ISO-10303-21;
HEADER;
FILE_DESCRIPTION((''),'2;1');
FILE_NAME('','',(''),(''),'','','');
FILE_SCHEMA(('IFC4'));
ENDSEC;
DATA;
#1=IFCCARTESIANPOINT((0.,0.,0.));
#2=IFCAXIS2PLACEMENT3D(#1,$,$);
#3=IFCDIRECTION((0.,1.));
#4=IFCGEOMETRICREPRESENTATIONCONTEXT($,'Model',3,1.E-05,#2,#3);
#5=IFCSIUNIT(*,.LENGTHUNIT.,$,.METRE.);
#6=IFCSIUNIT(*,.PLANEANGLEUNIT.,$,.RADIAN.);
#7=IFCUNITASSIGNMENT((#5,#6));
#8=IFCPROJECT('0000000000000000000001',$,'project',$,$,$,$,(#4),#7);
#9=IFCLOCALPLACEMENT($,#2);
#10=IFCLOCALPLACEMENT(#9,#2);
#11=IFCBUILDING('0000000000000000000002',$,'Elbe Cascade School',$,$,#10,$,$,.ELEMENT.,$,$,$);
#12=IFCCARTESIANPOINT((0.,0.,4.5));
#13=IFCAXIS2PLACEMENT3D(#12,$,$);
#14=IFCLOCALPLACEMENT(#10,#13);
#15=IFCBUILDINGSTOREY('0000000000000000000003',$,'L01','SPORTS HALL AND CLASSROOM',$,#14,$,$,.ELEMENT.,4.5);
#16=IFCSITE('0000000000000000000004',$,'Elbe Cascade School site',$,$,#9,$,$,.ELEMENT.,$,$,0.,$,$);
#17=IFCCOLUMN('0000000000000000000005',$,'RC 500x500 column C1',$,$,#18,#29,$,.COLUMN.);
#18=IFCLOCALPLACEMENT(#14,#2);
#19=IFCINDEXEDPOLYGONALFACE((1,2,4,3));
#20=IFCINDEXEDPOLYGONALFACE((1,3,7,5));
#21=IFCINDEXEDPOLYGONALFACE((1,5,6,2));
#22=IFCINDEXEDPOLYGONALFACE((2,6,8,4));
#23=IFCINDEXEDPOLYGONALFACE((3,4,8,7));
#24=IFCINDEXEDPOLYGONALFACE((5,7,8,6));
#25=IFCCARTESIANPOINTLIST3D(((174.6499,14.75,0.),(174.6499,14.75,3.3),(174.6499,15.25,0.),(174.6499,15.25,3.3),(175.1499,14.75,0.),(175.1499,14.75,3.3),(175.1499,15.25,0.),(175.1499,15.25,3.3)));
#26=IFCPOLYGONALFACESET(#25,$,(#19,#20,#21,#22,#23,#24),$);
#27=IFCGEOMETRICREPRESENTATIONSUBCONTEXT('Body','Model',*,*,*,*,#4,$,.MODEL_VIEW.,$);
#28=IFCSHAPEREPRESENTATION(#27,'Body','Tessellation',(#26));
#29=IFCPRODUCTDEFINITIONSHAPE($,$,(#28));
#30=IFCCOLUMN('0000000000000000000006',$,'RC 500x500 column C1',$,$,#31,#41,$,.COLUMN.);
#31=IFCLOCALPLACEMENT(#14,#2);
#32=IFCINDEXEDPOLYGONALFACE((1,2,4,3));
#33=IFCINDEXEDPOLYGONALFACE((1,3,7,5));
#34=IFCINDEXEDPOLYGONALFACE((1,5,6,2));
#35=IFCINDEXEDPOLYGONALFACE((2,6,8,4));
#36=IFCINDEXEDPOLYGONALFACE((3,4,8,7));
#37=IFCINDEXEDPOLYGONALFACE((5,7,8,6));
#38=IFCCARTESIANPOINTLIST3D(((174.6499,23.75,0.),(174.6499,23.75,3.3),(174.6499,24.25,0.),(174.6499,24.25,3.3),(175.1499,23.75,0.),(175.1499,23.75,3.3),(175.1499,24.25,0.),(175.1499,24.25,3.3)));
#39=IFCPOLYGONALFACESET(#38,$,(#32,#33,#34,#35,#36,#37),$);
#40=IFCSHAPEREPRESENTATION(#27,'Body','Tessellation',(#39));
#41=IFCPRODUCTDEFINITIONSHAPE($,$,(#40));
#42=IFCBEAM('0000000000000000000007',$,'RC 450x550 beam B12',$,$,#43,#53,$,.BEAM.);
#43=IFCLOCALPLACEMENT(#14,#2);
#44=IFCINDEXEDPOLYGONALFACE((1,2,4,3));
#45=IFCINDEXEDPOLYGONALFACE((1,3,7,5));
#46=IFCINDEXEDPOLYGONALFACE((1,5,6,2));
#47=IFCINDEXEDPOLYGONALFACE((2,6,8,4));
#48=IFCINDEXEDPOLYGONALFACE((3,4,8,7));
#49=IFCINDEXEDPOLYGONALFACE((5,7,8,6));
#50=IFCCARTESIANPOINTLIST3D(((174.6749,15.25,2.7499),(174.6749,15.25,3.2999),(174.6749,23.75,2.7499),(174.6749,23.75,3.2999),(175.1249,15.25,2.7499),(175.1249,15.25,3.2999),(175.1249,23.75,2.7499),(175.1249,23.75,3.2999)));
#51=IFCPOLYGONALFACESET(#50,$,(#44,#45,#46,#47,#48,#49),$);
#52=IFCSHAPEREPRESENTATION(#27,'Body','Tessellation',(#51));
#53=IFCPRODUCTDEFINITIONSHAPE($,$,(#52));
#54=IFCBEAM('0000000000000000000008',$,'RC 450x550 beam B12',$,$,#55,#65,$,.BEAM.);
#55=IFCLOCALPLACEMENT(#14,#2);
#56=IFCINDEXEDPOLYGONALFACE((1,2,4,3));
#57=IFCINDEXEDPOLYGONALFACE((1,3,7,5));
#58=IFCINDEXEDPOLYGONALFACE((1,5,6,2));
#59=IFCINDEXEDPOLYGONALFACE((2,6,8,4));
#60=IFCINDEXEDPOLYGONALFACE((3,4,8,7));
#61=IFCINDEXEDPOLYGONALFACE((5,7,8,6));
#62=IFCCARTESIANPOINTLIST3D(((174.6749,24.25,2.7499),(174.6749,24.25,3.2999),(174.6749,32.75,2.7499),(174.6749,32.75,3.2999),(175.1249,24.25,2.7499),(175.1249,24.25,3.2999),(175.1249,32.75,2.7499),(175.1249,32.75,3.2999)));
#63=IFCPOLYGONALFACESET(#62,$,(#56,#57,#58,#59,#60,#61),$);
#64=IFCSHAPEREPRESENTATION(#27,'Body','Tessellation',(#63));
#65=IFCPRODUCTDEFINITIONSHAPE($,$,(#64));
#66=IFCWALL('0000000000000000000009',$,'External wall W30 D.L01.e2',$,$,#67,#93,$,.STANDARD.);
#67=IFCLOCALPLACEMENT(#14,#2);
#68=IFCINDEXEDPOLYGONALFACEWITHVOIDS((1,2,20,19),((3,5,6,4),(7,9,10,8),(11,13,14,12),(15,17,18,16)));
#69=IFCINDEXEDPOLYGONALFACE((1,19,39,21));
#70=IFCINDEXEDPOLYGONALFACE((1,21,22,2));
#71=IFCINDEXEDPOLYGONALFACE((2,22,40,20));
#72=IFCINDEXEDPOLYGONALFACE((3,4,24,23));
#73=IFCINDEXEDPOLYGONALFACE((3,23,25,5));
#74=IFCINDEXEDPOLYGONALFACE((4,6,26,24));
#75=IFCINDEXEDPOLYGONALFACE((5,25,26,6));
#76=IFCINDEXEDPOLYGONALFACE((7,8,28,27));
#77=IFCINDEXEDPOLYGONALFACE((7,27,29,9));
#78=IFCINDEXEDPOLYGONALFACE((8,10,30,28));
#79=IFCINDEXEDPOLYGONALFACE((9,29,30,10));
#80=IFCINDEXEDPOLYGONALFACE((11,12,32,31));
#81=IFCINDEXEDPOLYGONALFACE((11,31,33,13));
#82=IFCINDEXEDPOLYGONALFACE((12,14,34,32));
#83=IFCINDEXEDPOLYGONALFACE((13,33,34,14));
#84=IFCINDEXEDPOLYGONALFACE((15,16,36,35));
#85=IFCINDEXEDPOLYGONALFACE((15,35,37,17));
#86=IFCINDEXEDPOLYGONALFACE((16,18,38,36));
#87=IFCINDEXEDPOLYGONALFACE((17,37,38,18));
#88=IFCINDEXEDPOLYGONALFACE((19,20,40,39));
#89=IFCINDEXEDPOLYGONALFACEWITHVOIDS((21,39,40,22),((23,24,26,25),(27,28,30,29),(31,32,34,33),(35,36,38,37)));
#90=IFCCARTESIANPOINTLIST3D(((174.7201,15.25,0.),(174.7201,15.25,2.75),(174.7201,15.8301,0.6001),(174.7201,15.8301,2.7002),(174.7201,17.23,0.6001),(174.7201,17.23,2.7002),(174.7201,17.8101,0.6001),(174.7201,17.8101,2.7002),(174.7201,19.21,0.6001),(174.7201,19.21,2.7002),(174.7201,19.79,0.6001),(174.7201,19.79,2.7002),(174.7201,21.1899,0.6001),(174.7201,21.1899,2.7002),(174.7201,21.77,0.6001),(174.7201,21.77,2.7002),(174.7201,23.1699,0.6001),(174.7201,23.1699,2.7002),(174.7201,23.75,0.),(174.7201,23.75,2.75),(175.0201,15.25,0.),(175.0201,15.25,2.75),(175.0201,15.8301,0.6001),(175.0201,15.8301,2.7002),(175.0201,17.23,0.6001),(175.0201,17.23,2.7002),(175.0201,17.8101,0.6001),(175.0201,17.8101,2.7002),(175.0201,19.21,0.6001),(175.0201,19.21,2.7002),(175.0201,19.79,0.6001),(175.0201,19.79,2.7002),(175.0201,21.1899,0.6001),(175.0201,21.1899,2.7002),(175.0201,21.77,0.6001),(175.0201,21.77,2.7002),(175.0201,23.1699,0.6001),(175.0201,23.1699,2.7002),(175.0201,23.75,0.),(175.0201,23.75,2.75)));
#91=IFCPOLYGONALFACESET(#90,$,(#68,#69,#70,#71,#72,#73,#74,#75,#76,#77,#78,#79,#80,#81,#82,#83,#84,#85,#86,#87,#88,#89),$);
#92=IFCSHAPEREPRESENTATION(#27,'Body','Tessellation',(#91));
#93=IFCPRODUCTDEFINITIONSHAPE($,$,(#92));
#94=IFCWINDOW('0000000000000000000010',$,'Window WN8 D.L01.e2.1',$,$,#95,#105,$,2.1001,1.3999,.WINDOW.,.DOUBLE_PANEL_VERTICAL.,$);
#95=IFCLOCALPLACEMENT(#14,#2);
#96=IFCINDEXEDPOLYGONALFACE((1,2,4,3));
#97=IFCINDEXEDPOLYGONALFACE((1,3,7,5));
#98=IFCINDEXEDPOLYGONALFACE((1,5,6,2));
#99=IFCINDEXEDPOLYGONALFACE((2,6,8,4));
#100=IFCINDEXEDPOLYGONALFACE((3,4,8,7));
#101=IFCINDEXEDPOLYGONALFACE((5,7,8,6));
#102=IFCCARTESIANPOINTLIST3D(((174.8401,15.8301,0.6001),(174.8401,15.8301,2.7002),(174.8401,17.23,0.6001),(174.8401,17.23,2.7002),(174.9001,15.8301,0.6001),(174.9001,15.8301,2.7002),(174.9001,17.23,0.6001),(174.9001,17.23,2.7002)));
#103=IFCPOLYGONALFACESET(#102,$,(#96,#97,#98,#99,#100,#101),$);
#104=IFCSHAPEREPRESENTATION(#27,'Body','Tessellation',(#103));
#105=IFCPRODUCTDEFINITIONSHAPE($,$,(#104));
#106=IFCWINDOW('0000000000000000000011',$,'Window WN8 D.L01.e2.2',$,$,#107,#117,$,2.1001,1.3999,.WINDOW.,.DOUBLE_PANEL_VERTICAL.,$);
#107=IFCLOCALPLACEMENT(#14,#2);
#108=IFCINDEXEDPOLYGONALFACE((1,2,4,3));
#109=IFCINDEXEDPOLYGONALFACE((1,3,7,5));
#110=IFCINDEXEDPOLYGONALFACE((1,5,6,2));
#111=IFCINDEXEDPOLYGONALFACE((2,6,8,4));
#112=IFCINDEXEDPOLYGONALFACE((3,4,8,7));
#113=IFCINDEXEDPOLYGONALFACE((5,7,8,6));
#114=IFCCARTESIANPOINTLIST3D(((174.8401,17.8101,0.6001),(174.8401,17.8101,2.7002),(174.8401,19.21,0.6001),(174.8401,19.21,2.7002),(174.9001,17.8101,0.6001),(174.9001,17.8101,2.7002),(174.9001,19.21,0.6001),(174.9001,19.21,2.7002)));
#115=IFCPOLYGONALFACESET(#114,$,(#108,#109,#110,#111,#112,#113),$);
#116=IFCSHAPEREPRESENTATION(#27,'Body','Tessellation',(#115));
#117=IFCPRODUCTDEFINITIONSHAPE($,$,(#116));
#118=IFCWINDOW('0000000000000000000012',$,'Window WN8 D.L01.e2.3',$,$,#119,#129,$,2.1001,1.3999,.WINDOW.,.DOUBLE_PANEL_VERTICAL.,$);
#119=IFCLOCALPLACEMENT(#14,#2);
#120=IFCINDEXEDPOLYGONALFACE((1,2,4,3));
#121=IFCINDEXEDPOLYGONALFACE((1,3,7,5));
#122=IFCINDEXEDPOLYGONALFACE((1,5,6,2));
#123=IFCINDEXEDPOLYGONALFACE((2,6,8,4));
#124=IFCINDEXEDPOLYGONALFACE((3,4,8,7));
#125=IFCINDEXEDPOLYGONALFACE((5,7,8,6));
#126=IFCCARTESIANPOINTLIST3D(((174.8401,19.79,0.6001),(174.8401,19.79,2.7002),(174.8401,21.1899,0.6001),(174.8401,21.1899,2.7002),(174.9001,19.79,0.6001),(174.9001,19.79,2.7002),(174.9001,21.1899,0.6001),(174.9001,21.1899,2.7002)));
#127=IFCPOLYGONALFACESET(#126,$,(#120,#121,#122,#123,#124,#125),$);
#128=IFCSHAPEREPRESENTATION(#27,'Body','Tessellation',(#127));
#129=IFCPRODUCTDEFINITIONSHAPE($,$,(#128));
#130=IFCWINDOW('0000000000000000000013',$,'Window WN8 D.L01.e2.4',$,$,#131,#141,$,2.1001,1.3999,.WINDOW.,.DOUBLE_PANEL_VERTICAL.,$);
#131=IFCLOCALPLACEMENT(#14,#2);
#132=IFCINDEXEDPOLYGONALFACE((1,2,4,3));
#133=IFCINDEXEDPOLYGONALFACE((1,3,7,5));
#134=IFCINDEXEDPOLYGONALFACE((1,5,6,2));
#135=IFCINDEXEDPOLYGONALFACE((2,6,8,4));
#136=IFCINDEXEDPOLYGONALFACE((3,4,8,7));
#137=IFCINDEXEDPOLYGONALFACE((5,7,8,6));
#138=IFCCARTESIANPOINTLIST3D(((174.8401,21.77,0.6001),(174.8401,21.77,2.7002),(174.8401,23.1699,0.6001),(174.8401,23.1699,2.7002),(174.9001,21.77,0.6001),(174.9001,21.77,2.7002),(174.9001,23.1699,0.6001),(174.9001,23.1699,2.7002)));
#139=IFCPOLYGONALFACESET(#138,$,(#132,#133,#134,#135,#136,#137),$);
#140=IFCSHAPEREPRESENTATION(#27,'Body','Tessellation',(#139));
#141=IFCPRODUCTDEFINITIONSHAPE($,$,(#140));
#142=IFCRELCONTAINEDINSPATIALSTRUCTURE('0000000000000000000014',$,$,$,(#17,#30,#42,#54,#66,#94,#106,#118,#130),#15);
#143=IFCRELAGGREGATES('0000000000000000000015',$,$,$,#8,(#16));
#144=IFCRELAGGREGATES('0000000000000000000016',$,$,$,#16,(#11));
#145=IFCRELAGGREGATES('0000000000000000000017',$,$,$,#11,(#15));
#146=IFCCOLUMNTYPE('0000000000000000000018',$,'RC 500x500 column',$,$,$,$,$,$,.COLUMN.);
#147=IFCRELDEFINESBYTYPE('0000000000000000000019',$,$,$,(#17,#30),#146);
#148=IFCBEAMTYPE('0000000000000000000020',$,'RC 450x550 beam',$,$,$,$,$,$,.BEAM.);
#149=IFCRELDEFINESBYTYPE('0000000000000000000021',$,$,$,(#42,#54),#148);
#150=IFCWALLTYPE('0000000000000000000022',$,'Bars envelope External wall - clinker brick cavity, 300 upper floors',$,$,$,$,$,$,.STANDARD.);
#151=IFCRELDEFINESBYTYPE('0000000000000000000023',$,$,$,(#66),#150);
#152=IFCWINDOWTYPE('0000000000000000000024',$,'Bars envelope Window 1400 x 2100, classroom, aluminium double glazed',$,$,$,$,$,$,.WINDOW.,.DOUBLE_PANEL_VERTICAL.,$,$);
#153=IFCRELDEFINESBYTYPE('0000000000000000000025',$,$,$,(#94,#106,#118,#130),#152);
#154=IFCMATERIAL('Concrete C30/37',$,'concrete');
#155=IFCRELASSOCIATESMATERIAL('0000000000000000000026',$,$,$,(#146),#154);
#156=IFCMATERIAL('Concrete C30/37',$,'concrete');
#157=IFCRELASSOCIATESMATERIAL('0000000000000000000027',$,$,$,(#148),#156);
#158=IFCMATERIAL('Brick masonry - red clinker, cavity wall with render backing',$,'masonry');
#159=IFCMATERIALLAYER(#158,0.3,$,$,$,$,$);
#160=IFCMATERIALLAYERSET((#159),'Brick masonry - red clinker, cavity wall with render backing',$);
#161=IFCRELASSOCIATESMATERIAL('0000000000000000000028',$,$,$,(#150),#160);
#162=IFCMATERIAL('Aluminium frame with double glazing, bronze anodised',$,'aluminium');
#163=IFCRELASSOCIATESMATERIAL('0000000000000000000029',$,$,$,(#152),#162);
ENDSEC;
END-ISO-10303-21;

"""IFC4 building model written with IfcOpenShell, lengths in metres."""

from ifc_helpers import new_model, si_unit, direction, frame, frame_2d, origin, origin_2d, place, context, subcontext, project, spatial, rectangle, extrude, material, layer, layer_set, material_profile, profile_set, type_object, element, fill, save


model = new_model("IFC4")

# Units and contexts
model_context = context("Model", 3, precision=1e-05, world=origin(), true_north=direction((0.0, 1.0)))
body_context = subcontext(model_context, "Body", "Model", "MODEL_VIEW")
ifc_project = project(units=[si_unit("LENGTHUNIT", "METRE"), si_unit("PLANEANGLEUNIT", "RADIAN")], contexts=[model_context])

# Site, building, storey
site_placement = place(None, origin())
site = spatial("IfcSite", under=ifc_project, at=site_placement, Name="Elbe Cascade School site", CompositionType="ELEMENT", RefElevation=0.0)
building_placement = place(site_placement, origin())
building = spatial("IfcBuilding", under=site, at=building_placement, Name="Elbe Cascade School", CompositionType="ELEMENT")
storey_placement = place(building_placement, frame((0.0, 0.0, 4.5)))
storey = spatial("IfcBuildingStorey", under=building, at=storey_placement, Name="L01", Description="SPORTS HALL AND CLASSROOM", CompositionType="ELEMENT", Elevation=4.5)

# Columns
ifc_material_1 = material(Name="Concrete C30/37", Category="concrete")
ifc_material_profile_1 = material_profile(ifc_material_1, rectangle(XDim=0.5, YDim=0.5, at=origin_2d()), Name="RC 500x500")
ifc_profile_set_1 = profile_set([ifc_material_profile_1], Name="Concrete C30/37")
column_type = type_object("IfcColumnType", Name="RC 500x500 column", PredefinedType="COLUMN", material=ifc_profile_set_1)
for number, where, z_axis, x_axis, name in (
    (1, (174.8999, 15.0, 0.0), (0.0, 0.0, 1.0), (1.0, 0.0, 0.0), "RC 500x500 column C1"),
    (2, (174.8999, 24.0, 0.0), (0.0, 0.0, 1.0), (1.0, 0.0, 0.0), "RC 500x500 column C1"),
):
    element("IfcColumn", number, at=place(storey_placement, frame(where, z_axis=z_axis, x_axis=x_axis)), inside=storey, type_object=column_type, Name=name, PredefinedType="COLUMN", context=body_context, shape_type="SweptSolid", body=[
        extrude(rectangle(XDim=0.5, YDim=0.5, at=origin_2d()), origin(), (0.0, 0.0, 1.0), 3.3),
    ])

# Beams
ifc_material_2 = material(Name="Concrete C30/37", Category="concrete")
ifc_material_profile_2 = material_profile(ifc_material_2, rectangle(XDim=0.45, YDim=0.55, at=origin_2d()), Name="RC 450x550")
ifc_profile_set_2 = profile_set([ifc_material_profile_2], Name="Concrete C30/37")
beam_type = type_object("IfcBeamType", Name="RC 450x550 beam", PredefinedType="BEAM", material=ifc_profile_set_2)
for number, where, z_axis, x_axis, name in (
    (3, (174.8999, 15.25, 3.0249), (0.0, 1.0, 0.0), (-1.0, 0.0, 0.0), "RC 450x550 beam B12"),
    (4, (174.8999, 24.25, 3.0249), (0.0, 1.0, 0.0), (-1.0, 0.0, 0.0), "RC 450x550 beam B12"),
):
    element("IfcBeam", number, at=place(storey_placement, frame(where, z_axis=z_axis, x_axis=x_axis)), inside=storey, type_object=beam_type, Name=name, PredefinedType="BEAM", context=body_context, shape_type="SweptSolid", body=[
        extrude(rectangle(XDim=0.45, YDim=0.55, at=origin_2d()), origin(), (0.0, 0.0, 1.0), 8.5),
    ])

# Wall, openings, windows
ifc_material_3 = material(Name="Brick masonry - red clinker, cavity wall with render backing", Category="masonry")
ifc_layer_1 = layer(ifc_material_3, 0.3)
ifc_layer_set_1 = layer_set([ifc_layer_1], Name="Brick masonry - red clinker, cavity wall with render backing")
wall_type_1 = type_object("IfcWallType", Name="Bars envelope External wall - clinker brick cavity, 300 upper floors", PredefinedType="STANDARD", material=ifc_layer_set_1)
wall_1_placement = place(storey_placement, frame((174.8701, 23.75, 0.0), z_axis=(0.0, 0.0, 1.0), x_axis=(0.0, -1.0, 0.0)))
wall_1 = element("IfcWall", 5, at=wall_1_placement, inside=storey, type_object=wall_type_1, Name="External wall W30 D.L01.e2", PredefinedType="STANDARD", context=body_context, shape_type="SweptSolid", body=[
    extrude(rectangle(XDim=8.5, YDim=0.3, at=frame_2d((4.25, 0.0))), origin(), (0.0, 0.0, 1.0), 2.75),
])
opening_1_placement = place(wall_1_placement, frame((6.52, 0.0, 0.6001)))
opening_1 = element("IfcOpeningElement", 6, at=opening_1_placement, cuts=wall_1, PredefinedType="OPENING", context=body_context, shape_type="SweptSolid", body=[
    extrude(rectangle(XDim=1.3999, YDim=2.1001, at=frame_2d((0.7, 1.05))), frame((0.0, 0.1599, 0.0), z_axis=(0.0, -1.0, 0.0), x_axis=(1.0, 0.0, 0.0)), (0.0, 0.0, 1.0), 0.3201),
])
opening_2_placement = place(wall_1_placement, frame((4.54, 0.0, 0.6001)))
opening_2 = element("IfcOpeningElement", 7, at=opening_2_placement, cuts=wall_1, PredefinedType="OPENING", context=body_context, shape_type="SweptSolid", body=[
    extrude(rectangle(XDim=1.3999, YDim=2.1001, at=frame_2d((0.7, 1.05))), frame((0.0, 0.1599, 0.0), z_axis=(0.0, -1.0, 0.0), x_axis=(1.0, 0.0, 0.0)), (0.0, 0.0, 1.0), 0.3201),
])
opening_3_placement = place(wall_1_placement, frame((2.5601, 0.0, 0.6001)))
opening_3 = element("IfcOpeningElement", 8, at=opening_3_placement, cuts=wall_1, PredefinedType="OPENING", context=body_context, shape_type="SweptSolid", body=[
    extrude(rectangle(XDim=1.3999, YDim=2.1001, at=frame_2d((0.7, 1.05))), frame((0.0, 0.1599, 0.0), z_axis=(0.0, -1.0, 0.0), x_axis=(1.0, 0.0, 0.0)), (0.0, 0.0, 1.0), 0.3201),
])
opening_4_placement = place(wall_1_placement, frame((0.5801, 0.0, 0.6001)))
opening_4 = element("IfcOpeningElement", 9, at=opening_4_placement, cuts=wall_1, PredefinedType="OPENING", context=body_context, shape_type="SweptSolid", body=[
    extrude(rectangle(XDim=1.3999, YDim=2.1001, at=frame_2d((0.7, 1.05))), frame((0.0, 0.1599, 0.0), z_axis=(0.0, -1.0, 0.0), x_axis=(1.0, 0.0, 0.0)), (0.0, 0.0, 1.0), 0.3201),
])
ifc_material_4 = material(Name="Aluminium frame with double glazing, bronze anodised", Category="aluminium")
window_type_1 = type_object("IfcWindowType", Name="Bars envelope Window 1400 x 2100, classroom, aluminium double glazed", PartitioningType="DOUBLE_PANEL_VERTICAL", PredefinedType="WINDOW", material=ifc_material_4)
window_1_placement = place(opening_1_placement, origin())
window_1 = element("IfcWindow", 10, at=window_1_placement, inside=storey, type_object=window_type_1, Name="Window WN8 D.L01.e2.1", OverallHeight=2.1001, OverallWidth=1.3999, PartitioningType="DOUBLE_PANEL_VERTICAL", PredefinedType="WINDOW", context=body_context, shape_type="SweptSolid", body=[
    extrude(rectangle(XDim=1.3999, YDim=2.1001, at=frame_2d((0.7, 1.05))), frame((0.0, 0.03, 0.0), z_axis=(0.0, -1.0, 0.0), x_axis=(1.0, 0.0, 0.0)), (0.0, 0.0, 1.0), 0.0601),
])
fill(opening_1, window_1)
window_2_placement = place(opening_2_placement, origin())
window_2 = element("IfcWindow", 11, at=window_2_placement, inside=storey, type_object=window_type_1, Name="Window WN8 D.L01.e2.2", OverallHeight=2.1001, OverallWidth=1.3999, PartitioningType="DOUBLE_PANEL_VERTICAL", PredefinedType="WINDOW", context=body_context, shape_type="SweptSolid", body=[
    extrude(rectangle(XDim=1.3999, YDim=2.1001, at=frame_2d((0.7, 1.05))), frame((0.0, 0.03, 0.0), z_axis=(0.0, -1.0, 0.0), x_axis=(1.0, 0.0, 0.0)), (0.0, 0.0, 1.0), 0.0601),
])
fill(opening_2, window_2)
window_3_placement = place(opening_3_placement, origin())
window_3 = element("IfcWindow", 12, at=window_3_placement, inside=storey, type_object=window_type_1, Name="Window WN8 D.L01.e2.3", OverallHeight=2.1001, OverallWidth=1.3999, PartitioningType="DOUBLE_PANEL_VERTICAL", PredefinedType="WINDOW", context=body_context, shape_type="SweptSolid", body=[
    extrude(rectangle(XDim=1.3999, YDim=2.1001, at=frame_2d((0.7, 1.05))), frame((0.0, 0.03, 0.0), z_axis=(0.0, -1.0, 0.0), x_axis=(1.0, 0.0, 0.0)), (0.0, 0.0, 1.0), 0.0601),
])
fill(opening_3, window_3)
window_4_placement = place(opening_4_placement, origin())
window_4 = element("IfcWindow", 13, at=window_4_placement, inside=storey, type_object=window_type_1, Name="Window WN8 D.L01.e2.4", OverallHeight=2.1001, OverallWidth=1.3999, PartitioningType="DOUBLE_PANEL_VERTICAL", PredefinedType="WINDOW", context=body_context, shape_type="SweptSolid", body=[
    extrude(rectangle(XDim=1.3999, YDim=2.1001, at=frame_2d((0.7, 1.05))), frame((0.0, 0.03, 0.0), z_axis=(0.0, -1.0, 0.0), x_axis=(1.0, 0.0, 0.0)), (0.0, 0.0, 1.0), 0.0601),
])
fill(opening_4, window_4)

save(model, "model.ifc")
